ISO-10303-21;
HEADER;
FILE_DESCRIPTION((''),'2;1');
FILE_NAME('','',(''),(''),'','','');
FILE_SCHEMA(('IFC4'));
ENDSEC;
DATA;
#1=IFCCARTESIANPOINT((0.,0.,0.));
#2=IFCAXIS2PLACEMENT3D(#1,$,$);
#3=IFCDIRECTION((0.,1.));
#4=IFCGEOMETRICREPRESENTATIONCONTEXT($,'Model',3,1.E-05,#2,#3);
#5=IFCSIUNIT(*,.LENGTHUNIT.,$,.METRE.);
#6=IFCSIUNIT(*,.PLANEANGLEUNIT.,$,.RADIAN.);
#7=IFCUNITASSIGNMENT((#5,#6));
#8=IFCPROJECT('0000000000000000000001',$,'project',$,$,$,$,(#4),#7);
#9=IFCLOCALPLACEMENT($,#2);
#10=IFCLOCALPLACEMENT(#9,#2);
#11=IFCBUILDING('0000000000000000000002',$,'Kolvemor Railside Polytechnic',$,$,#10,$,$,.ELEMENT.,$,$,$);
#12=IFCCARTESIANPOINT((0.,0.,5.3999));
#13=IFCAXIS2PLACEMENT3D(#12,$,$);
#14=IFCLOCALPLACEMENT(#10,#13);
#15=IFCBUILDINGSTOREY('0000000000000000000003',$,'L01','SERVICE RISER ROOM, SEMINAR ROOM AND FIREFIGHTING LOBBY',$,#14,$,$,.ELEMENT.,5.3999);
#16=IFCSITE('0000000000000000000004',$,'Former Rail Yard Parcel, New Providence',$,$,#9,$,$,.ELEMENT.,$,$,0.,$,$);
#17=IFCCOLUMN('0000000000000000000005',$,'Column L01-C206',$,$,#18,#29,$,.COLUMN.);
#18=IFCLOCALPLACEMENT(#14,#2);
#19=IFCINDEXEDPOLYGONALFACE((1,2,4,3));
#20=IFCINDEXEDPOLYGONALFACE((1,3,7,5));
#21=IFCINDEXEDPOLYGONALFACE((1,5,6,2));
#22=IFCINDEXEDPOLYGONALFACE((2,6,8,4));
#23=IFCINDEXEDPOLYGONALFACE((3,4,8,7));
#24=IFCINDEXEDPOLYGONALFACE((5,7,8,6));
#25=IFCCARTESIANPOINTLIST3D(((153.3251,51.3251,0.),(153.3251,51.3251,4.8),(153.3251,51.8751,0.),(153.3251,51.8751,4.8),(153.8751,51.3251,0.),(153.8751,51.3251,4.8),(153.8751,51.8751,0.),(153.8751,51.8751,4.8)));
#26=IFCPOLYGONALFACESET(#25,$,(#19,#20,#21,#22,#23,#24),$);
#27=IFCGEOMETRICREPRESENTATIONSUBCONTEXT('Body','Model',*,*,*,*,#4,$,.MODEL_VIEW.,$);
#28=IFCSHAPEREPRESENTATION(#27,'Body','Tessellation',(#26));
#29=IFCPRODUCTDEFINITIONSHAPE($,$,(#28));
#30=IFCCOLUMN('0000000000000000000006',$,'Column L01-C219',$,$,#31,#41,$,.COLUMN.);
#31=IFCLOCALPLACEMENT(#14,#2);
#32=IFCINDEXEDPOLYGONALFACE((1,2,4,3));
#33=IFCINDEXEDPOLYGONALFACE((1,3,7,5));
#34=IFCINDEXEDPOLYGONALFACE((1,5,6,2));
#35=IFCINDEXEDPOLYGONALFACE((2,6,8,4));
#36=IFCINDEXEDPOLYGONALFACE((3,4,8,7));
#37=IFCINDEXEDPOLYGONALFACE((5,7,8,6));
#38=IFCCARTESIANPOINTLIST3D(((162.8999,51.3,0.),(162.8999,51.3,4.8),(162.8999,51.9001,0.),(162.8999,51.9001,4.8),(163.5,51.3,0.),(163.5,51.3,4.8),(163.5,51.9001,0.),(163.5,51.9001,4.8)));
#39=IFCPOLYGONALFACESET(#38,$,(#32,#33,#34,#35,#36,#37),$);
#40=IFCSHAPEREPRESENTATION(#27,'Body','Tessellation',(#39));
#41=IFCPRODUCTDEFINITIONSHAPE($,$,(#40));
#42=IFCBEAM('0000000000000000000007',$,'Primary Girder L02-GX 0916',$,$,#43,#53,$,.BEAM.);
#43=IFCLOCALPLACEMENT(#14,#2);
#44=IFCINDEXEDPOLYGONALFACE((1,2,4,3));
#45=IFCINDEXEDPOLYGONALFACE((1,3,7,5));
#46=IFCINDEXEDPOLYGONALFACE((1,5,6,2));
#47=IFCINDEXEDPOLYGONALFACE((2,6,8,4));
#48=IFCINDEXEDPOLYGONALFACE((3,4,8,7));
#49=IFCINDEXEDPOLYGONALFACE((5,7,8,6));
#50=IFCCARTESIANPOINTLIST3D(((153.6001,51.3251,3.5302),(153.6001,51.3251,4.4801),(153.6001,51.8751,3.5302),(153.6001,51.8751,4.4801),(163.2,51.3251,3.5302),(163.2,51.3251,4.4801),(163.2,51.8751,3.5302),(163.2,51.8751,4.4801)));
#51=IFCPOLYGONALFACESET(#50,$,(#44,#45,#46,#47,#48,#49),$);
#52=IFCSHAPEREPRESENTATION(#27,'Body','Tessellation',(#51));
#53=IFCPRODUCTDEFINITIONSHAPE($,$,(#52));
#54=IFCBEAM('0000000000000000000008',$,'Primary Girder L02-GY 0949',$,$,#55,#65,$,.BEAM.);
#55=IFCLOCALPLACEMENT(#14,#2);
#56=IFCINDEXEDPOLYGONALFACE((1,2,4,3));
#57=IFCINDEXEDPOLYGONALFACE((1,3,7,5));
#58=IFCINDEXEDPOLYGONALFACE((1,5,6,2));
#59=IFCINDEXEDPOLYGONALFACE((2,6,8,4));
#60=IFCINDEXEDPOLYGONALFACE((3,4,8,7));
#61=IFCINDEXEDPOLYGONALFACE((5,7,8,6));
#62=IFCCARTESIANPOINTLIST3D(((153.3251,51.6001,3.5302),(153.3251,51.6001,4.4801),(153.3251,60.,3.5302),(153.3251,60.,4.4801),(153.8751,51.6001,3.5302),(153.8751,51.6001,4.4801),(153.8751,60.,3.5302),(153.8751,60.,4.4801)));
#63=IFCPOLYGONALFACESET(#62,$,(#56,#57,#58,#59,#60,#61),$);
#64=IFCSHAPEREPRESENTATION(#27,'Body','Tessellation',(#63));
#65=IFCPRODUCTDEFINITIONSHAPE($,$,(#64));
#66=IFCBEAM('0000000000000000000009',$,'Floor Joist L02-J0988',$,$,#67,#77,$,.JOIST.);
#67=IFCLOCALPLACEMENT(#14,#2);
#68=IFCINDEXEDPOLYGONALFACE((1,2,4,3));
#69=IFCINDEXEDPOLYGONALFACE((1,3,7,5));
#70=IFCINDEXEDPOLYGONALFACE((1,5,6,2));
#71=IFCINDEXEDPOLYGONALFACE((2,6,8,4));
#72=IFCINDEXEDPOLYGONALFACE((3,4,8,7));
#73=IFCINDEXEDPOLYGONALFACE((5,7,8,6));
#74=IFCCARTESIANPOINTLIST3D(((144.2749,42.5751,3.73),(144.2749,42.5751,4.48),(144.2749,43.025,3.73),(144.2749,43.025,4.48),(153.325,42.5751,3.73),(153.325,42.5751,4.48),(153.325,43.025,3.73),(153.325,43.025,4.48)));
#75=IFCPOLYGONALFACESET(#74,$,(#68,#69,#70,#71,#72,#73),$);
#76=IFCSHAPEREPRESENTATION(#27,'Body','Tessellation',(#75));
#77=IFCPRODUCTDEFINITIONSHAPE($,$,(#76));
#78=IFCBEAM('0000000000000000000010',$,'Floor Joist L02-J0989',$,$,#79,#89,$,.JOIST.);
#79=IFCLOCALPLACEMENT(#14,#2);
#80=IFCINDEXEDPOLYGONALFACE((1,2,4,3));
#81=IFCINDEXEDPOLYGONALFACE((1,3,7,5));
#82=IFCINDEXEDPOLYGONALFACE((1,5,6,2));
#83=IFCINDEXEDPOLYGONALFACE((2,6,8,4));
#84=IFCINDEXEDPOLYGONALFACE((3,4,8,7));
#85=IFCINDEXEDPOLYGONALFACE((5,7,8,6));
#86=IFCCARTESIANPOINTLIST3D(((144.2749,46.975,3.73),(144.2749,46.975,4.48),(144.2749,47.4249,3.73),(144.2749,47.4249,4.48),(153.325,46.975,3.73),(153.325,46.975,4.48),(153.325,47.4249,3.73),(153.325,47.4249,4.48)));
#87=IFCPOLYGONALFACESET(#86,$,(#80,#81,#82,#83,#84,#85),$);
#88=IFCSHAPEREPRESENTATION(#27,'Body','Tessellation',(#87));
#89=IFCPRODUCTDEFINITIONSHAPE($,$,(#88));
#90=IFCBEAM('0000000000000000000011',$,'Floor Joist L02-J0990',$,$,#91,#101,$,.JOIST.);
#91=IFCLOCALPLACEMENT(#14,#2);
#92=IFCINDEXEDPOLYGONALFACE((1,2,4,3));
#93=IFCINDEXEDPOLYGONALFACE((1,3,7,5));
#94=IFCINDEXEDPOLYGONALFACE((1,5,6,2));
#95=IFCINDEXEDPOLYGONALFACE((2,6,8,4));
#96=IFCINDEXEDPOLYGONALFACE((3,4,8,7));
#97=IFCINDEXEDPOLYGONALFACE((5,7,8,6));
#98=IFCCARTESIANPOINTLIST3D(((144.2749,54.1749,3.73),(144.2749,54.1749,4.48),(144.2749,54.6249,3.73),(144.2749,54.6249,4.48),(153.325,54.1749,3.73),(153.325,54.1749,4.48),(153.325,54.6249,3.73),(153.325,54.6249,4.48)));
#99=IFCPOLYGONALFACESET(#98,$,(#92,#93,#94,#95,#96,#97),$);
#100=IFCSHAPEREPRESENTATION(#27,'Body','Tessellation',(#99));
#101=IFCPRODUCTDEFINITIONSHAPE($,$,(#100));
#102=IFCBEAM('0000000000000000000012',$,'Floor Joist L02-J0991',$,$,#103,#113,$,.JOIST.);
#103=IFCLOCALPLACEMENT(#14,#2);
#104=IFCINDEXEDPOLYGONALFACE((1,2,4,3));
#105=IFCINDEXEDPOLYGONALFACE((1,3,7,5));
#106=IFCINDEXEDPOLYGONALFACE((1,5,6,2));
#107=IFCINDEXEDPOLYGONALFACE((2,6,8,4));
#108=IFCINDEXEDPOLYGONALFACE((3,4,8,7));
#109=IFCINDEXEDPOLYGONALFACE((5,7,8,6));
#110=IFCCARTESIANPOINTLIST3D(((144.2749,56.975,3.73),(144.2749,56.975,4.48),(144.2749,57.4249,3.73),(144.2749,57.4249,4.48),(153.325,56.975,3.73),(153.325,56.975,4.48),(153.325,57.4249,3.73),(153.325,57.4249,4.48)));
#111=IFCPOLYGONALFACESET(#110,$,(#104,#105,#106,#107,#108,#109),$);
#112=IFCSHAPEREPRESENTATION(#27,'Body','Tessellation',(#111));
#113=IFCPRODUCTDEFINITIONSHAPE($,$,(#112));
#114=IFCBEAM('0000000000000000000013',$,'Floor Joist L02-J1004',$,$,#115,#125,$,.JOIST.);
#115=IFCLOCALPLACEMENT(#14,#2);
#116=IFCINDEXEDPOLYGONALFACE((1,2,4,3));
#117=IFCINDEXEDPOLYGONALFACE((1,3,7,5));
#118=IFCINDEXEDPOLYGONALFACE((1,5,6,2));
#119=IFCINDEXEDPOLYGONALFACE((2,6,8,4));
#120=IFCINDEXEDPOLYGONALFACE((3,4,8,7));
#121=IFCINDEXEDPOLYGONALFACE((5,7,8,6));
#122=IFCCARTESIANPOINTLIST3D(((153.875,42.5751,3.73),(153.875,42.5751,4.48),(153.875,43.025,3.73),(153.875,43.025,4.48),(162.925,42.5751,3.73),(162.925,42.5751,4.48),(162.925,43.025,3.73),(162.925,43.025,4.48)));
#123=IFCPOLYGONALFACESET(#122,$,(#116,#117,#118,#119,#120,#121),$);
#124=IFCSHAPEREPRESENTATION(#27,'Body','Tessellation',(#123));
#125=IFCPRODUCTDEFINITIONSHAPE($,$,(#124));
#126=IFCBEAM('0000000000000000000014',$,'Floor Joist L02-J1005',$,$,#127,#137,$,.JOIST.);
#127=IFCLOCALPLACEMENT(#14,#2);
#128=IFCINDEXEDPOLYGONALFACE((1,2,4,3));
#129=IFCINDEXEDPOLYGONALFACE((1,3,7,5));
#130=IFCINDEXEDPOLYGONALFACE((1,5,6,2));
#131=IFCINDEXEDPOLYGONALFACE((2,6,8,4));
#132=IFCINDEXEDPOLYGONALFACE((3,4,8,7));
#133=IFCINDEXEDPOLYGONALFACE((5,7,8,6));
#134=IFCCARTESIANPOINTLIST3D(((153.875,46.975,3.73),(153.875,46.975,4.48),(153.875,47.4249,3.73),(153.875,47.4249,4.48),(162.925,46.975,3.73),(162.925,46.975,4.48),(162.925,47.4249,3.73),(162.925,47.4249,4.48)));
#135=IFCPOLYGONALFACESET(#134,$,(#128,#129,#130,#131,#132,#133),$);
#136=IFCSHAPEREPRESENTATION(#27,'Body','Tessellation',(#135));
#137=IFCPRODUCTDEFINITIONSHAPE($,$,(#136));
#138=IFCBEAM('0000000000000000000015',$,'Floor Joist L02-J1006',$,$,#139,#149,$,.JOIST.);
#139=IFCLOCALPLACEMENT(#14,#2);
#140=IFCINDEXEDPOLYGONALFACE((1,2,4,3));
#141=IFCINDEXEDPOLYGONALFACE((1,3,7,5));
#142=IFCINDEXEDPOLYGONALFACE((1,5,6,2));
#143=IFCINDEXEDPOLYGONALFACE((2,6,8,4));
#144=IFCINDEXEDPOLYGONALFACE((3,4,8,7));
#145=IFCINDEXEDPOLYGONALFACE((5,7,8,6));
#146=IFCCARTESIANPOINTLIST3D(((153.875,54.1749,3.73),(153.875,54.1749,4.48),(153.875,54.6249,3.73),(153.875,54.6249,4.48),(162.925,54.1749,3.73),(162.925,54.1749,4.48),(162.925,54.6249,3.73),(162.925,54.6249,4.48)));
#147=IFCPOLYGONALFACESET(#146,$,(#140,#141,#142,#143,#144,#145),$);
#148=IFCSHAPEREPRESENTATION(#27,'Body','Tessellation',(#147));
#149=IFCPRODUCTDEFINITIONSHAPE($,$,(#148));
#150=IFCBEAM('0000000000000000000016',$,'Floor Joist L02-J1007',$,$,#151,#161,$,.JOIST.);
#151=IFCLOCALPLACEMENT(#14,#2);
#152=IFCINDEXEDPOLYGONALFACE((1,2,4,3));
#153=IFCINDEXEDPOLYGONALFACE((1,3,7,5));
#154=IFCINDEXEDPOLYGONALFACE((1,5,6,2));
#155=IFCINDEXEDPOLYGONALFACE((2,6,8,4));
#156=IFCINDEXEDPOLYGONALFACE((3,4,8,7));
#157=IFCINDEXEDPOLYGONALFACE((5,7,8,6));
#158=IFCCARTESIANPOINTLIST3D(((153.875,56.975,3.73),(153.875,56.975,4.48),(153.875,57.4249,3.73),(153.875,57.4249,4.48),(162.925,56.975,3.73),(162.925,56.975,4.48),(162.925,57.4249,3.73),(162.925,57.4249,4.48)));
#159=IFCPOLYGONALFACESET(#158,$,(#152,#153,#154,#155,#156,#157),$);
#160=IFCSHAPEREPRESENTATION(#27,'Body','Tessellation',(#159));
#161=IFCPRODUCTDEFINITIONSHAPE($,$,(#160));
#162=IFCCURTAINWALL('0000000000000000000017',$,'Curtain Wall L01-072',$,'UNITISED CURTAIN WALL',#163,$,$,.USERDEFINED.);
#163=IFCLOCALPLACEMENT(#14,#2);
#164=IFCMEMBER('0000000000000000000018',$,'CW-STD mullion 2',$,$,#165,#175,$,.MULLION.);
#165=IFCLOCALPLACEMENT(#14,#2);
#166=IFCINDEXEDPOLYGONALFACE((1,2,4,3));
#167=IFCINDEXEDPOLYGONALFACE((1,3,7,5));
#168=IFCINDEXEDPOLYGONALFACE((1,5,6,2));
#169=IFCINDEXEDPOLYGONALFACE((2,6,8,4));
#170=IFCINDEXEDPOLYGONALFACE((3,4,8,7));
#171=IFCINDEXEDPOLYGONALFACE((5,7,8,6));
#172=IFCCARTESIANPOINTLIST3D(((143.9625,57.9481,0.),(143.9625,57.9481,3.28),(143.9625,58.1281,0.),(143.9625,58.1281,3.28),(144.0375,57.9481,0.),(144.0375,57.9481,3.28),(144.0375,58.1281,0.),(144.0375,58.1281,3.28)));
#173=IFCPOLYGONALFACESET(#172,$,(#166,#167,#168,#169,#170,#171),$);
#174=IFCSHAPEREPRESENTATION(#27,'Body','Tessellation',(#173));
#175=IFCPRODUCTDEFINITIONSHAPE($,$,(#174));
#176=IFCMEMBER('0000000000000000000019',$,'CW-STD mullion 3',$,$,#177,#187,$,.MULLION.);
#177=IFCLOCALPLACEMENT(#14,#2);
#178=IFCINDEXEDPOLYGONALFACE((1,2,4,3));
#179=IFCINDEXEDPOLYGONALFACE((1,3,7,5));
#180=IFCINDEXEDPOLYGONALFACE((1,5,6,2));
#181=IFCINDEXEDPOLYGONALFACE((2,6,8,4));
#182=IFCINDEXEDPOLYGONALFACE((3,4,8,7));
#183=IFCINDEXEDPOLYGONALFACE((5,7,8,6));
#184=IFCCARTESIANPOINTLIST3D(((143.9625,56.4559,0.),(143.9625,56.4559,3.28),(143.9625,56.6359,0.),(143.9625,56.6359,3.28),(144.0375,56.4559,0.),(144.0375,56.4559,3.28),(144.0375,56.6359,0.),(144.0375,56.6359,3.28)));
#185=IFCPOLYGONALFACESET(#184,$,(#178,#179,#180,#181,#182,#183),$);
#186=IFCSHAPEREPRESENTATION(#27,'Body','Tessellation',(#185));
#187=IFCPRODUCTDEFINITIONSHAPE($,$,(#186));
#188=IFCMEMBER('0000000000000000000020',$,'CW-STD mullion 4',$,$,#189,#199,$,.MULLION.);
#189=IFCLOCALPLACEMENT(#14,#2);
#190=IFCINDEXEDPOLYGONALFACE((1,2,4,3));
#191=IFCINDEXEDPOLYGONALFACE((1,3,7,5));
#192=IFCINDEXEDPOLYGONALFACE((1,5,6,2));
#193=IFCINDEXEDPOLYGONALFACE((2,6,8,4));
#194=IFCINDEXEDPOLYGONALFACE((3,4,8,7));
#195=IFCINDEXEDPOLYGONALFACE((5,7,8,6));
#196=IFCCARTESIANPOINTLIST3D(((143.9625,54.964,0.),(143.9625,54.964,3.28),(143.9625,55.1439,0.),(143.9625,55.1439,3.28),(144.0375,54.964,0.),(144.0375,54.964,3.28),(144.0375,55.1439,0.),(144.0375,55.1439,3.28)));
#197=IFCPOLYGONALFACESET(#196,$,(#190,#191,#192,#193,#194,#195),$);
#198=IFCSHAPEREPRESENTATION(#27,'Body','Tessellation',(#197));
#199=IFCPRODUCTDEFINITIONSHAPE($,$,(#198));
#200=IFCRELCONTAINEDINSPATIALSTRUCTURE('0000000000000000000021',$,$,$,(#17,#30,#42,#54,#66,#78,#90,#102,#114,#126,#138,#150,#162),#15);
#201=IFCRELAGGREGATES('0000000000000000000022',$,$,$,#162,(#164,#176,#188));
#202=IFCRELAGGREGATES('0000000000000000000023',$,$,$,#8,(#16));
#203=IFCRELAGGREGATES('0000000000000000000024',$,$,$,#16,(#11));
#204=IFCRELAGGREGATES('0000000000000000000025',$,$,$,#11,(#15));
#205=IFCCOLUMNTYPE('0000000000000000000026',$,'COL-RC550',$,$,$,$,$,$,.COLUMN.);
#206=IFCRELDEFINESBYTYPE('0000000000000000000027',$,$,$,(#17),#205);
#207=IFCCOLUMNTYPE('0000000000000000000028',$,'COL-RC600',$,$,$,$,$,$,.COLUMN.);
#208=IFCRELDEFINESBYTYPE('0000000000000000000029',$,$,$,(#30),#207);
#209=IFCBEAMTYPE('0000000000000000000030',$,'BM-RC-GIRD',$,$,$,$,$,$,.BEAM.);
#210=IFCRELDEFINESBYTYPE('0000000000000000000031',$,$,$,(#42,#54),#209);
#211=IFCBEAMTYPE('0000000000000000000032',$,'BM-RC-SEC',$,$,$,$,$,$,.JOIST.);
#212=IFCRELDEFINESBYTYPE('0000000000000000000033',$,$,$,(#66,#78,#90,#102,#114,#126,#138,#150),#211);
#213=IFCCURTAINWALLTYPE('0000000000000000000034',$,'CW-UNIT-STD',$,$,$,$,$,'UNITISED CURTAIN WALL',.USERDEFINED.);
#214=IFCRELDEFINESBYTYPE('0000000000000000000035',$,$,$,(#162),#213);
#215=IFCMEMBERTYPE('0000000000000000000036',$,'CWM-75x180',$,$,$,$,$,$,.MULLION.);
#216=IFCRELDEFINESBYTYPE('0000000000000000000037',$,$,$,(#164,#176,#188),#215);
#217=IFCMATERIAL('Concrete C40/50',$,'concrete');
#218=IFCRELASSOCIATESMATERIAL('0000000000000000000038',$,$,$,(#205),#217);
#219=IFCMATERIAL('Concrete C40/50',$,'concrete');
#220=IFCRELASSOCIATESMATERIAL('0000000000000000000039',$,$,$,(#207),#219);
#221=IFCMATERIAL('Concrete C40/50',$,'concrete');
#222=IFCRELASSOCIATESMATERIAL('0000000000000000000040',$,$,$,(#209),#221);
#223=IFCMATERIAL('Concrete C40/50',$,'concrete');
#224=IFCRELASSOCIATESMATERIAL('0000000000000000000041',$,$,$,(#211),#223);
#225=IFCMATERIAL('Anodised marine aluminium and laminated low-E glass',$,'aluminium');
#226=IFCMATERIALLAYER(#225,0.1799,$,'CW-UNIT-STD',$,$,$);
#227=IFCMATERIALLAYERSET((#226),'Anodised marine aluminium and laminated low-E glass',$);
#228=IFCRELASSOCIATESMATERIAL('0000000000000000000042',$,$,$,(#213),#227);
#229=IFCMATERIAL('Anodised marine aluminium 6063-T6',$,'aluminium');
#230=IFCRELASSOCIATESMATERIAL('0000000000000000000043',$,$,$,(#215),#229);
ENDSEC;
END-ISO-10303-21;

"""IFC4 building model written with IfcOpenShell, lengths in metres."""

from ifc_helpers import new_model, si_unit, direction, frame, origin, origin_2d, place, context, subcontext, project, spatial, rectangle, extrude, material, layer, layer_set, material_profile, profile_set, type_object, element, aggregate, save


model = new_model("IFC4")

# Units and contexts
model_context = context("Model", 3, precision=1e-05, world=origin(), true_north=direction((0.0, 1.0)))
body_context = subcontext(model_context, "Body", "Model", "MODEL_VIEW")
ifc_project = project(units=[si_unit("LENGTHUNIT", "METRE"), si_unit("PLANEANGLEUNIT", "RADIAN")], contexts=[model_context])

# Site, building, storey
site_placement = place(None, origin())
site = spatial("IfcSite", under=ifc_project, at=site_placement, Name="Former Rail Yard Parcel, New Providence", CompositionType="ELEMENT", RefElevation=0.0)
building_placement = place(site_placement, origin())
building = spatial("IfcBuilding", under=site, at=building_placement, Name="Kolvemor Railside Polytechnic", CompositionType="ELEMENT")
storey_placement = place(building_placement, frame((0.0, 0.0, 5.3999)))
storey = spatial("IfcBuildingStorey", under=building, at=storey_placement, Name="L01", Description="SERVICE RISER ROOM, SEMINAR ROOM AND FIREFIGHTING LOBBY", CompositionType="ELEMENT", Elevation=5.3999)

# Columns
ifc_material_1 = material(Name="Concrete C40/50", Category="concrete")
ifc_material_profile_1 = material_profile(ifc_material_1, rectangle(XDim=0.55, YDim=0.55, at=origin_2d()), Name="RC550x550")
ifc_profile_set_1 = profile_set([ifc_material_profile_1], Name="Concrete C40/50")
column_type_1 = type_object("IfcColumnType", Name="COL-RC550", PredefinedType="COLUMN", material=ifc_profile_set_1)
column_1_placement = place(storey_placement, frame((153.6001, 51.6001, 0.0), z_axis=(0.0, 0.0, 1.0), x_axis=(1.0, 0.0, 0.0)))
element("IfcColumn", 1, at=column_1_placement, inside=storey, type_object=column_type_1, Name="Column L01-C206", PredefinedType="COLUMN", context=body_context, shape_type="SweptSolid", body=[
    extrude(rectangle(XDim=0.55, YDim=0.55, at=origin_2d()), origin(), (0.0, 0.0, 1.0), 4.8),
])
ifc_material_2 = material(Name="Concrete C40/50", Category="concrete")
ifc_material_profile_2 = material_profile(ifc_material_2, rectangle(XDim=0.6001, YDim=0.6001, at=origin_2d()), Name="RC600x600")
ifc_profile_set_2 = profile_set([ifc_material_profile_2], Name="Concrete C40/50")
column_type_2 = type_object("IfcColumnType", Name="COL-RC600", PredefinedType="COLUMN", material=ifc_profile_set_2)
column_2_placement = place(storey_placement, frame((163.2, 51.6001, 0.0), z_axis=(0.0, 0.0, 1.0), x_axis=(1.0, 0.0, 0.0)))
element("IfcColumn", 2, at=column_2_placement, inside=storey, type_object=column_type_2, Name="Column L01-C219", PredefinedType="COLUMN", context=body_context, shape_type="SweptSolid", body=[
    extrude(rectangle(XDim=0.6001, YDim=0.6001, at=origin_2d()), origin(), (0.0, 0.0, 1.0), 4.8),
])

# Beams
ifc_material_3 = material(Name="Concrete C40/50", Category="concrete")
ifc_material_profile_3 = material_profile(ifc_material_3, rectangle(XDim=0.55, YDim=0.95, at=origin_2d()), Name="RC550x950")
ifc_profile_set_3 = profile_set([ifc_material_profile_3], Name="Concrete C40/50")
beam_type_1 = type_object("IfcBeamType", Name="BM-RC-GIRD", PredefinedType="BEAM", material=ifc_profile_set_3)
beam_1_placement = place(storey_placement, frame((153.6001, 51.6001, 4.0051), z_axis=(1.0, 0.0, 0.0), x_axis=(0.0, 1.0, 0.0)))
element("IfcBeam", 3, at=beam_1_placement, inside=storey, type_object=beam_type_1, Name="Primary Girder L02-GX 0916", PredefinedType="BEAM", context=body_context, shape_type="SweptSolid", body=[
    extrude(rectangle(XDim=0.55, YDim=0.95, at=origin_2d()), origin(), (0.0, 0.0, 1.0), 9.5999),
])
beam_2_placement = place(storey_placement, frame((153.6001, 51.6001, 4.0051), z_axis=(0.0, 1.0, 0.0), x_axis=(-1.0, 0.0, 0.0)))
element("IfcBeam", 4, at=beam_2_placement, inside=storey, type_object=beam_type_1, Name="Primary Girder L02-GY 0949", PredefinedType="BEAM", context=body_context, shape_type="SweptSolid", body=[
    extrude(rectangle(XDim=0.55, YDim=0.95, at=origin_2d()), origin(), (0.0, 0.0, 1.0), 8.3999),
])
ifc_material_4 = material(Name="Concrete C40/50", Category="concrete")
ifc_material_profile_4 = material_profile(ifc_material_4, rectangle(XDim=0.45, YDim=0.75, at=origin_2d()), Name="RC450x750")
ifc_profile_set_4 = profile_set([ifc_material_profile_4], Name="Concrete C40/50")
beam_type_2 = type_object("IfcBeamType", Name="BM-RC-SEC", PredefinedType="JOIST", material=ifc_profile_set_4)
for number, where, z_axis, x_axis, name in (
    (5, (144.2749, 42.8, 4.105), (1.0, 0.0, 0.0), (0.0, 1.0, 0.0), "Floor Joist L02-J0988"),
    (6, (144.2749, 47.2, 4.105), (1.0, 0.0, 0.0), (0.0, 1.0, 0.0), "Floor Joist L02-J0989"),
    (7, (144.2749, 54.3999, 4.105), (1.0, 0.0, 0.0), (0.0, 1.0, 0.0), "Floor Joist L02-J0990"),
    (8, (144.2749, 57.2, 4.105), (1.0, 0.0, 0.0), (0.0, 1.0, 0.0), "Floor Joist L02-J0991"),
    (9, (153.875, 42.8, 4.105), (1.0, 0.0, 0.0), (0.0, 1.0, 0.0), "Floor Joist L02-J1004"),
    (10, (153.875, 47.2, 4.105), (1.0, 0.0, 0.0), (0.0, 1.0, 0.0), "Floor Joist L02-J1005"),
    (11, (153.875, 54.3999, 4.105), (1.0, 0.0, 0.0), (0.0, 1.0, 0.0), "Floor Joist L02-J1006"),
    (12, (153.875, 57.2, 4.105), (1.0, 0.0, 0.0), (0.0, 1.0, 0.0), "Floor Joist L02-J1007"),
):
    element("IfcBeam", number, at=place(storey_placement, frame(where, z_axis=z_axis, x_axis=x_axis)), inside=storey, type_object=beam_type_2, Name=name, PredefinedType="JOIST", context=body_context, shape_type="SweptSolid", body=[
        extrude(rectangle(XDim=0.45, YDim=0.75, at=origin_2d()), origin(), (0.0, 0.0, 1.0), 9.05),
    ])

# Curtain wall, members
ifc_material_5 = material(Name="Anodised marine aluminium and laminated low-E glass", Category="aluminium")
ifc_layer_1 = layer(ifc_material_5, 0.1799, Name="CW-UNIT-STD")
ifc_layer_set_1 = layer_set([ifc_layer_1], Name="Anodised marine aluminium and laminated low-E glass")
curtain_wall_type = type_object("IfcCurtainWallType", Name="CW-UNIT-STD", ElementType="UNITISED CURTAIN WALL", PredefinedType="USERDEFINED", material=ifc_layer_set_1)
curtain_wall_placement = place(storey_placement, origin())
curtain_wall = element("IfcCurtainWall", 13, at=curtain_wall_placement, inside=storey, type_object=curtain_wall_type, Name="Curtain Wall L01-072", ObjectType="UNITISED CURTAIN WALL", PredefinedType="USERDEFINED")
ifc_material_6 = material(Name="Anodised marine aluminium 6063-T6", Category="aluminium")
ifc_material_profile_5 = material_profile(ifc_material_6, rectangle(XDim=0.075, YDim=0.1799, at=origin_2d()), Name="CW-MUL-75x180")
ifc_profile_set_5 = profile_set([ifc_material_profile_5], Name="Anodised marine aluminium 6063-T6")
member_type_1 = type_object("IfcMemberType", Name="CWM-75x180", PredefinedType="MULLION", material=ifc_profile_set_5)
member_1_placement = place(storey_placement, frame((144.0, 58.0381, 0.0), z_axis=(0.0, 0.0, 1.0), x_axis=(1.0, 0.0, 0.0)))
member_1 = element("IfcMember", 14, at=member_1_placement, type_object=member_type_1, Name="CW-STD mullion 2", PredefinedType="MULLION", context=body_context, shape_type="SweptSolid", body=[
    extrude(rectangle(XDim=0.075, YDim=0.1799, at=origin_2d()), origin(), (0.0, 0.0, 1.0), 3.28),
])
member_2_placement = place(storey_placement, frame((144.0, 56.5459, 0.0), z_axis=(0.0, 0.0, 1.0), x_axis=(1.0, 0.0, 0.0)))
member_2 = element("IfcMember", 15, at=member_2_placement, type_object=member_type_1, Name="CW-STD mullion 3", PredefinedType="MULLION", context=body_context, shape_type="SweptSolid", body=[
    extrude(rectangle(XDim=0.075, YDim=0.1799, at=origin_2d()), origin(), (0.0, 0.0, 1.0), 3.28),
])
member_3_placement = place(storey_placement, frame((144.0, 55.054, 0.0), z_axis=(0.0, 0.0, 1.0), x_axis=(1.0, 0.0, 0.0)))
member_3 = element("IfcMember", 16, at=member_3_placement, type_object=member_type_1, Name="CW-STD mullion 4", PredefinedType="MULLION", context=body_context, shape_type="SweptSolid", body=[
    extrude(rectangle(XDim=0.075, YDim=0.1799, at=origin_2d()), origin(), (0.0, 0.0, 1.0), 3.28),
])
aggregate(curtain_wall, [member_1, member_2, member_3])

save(model, "model.ifc")
